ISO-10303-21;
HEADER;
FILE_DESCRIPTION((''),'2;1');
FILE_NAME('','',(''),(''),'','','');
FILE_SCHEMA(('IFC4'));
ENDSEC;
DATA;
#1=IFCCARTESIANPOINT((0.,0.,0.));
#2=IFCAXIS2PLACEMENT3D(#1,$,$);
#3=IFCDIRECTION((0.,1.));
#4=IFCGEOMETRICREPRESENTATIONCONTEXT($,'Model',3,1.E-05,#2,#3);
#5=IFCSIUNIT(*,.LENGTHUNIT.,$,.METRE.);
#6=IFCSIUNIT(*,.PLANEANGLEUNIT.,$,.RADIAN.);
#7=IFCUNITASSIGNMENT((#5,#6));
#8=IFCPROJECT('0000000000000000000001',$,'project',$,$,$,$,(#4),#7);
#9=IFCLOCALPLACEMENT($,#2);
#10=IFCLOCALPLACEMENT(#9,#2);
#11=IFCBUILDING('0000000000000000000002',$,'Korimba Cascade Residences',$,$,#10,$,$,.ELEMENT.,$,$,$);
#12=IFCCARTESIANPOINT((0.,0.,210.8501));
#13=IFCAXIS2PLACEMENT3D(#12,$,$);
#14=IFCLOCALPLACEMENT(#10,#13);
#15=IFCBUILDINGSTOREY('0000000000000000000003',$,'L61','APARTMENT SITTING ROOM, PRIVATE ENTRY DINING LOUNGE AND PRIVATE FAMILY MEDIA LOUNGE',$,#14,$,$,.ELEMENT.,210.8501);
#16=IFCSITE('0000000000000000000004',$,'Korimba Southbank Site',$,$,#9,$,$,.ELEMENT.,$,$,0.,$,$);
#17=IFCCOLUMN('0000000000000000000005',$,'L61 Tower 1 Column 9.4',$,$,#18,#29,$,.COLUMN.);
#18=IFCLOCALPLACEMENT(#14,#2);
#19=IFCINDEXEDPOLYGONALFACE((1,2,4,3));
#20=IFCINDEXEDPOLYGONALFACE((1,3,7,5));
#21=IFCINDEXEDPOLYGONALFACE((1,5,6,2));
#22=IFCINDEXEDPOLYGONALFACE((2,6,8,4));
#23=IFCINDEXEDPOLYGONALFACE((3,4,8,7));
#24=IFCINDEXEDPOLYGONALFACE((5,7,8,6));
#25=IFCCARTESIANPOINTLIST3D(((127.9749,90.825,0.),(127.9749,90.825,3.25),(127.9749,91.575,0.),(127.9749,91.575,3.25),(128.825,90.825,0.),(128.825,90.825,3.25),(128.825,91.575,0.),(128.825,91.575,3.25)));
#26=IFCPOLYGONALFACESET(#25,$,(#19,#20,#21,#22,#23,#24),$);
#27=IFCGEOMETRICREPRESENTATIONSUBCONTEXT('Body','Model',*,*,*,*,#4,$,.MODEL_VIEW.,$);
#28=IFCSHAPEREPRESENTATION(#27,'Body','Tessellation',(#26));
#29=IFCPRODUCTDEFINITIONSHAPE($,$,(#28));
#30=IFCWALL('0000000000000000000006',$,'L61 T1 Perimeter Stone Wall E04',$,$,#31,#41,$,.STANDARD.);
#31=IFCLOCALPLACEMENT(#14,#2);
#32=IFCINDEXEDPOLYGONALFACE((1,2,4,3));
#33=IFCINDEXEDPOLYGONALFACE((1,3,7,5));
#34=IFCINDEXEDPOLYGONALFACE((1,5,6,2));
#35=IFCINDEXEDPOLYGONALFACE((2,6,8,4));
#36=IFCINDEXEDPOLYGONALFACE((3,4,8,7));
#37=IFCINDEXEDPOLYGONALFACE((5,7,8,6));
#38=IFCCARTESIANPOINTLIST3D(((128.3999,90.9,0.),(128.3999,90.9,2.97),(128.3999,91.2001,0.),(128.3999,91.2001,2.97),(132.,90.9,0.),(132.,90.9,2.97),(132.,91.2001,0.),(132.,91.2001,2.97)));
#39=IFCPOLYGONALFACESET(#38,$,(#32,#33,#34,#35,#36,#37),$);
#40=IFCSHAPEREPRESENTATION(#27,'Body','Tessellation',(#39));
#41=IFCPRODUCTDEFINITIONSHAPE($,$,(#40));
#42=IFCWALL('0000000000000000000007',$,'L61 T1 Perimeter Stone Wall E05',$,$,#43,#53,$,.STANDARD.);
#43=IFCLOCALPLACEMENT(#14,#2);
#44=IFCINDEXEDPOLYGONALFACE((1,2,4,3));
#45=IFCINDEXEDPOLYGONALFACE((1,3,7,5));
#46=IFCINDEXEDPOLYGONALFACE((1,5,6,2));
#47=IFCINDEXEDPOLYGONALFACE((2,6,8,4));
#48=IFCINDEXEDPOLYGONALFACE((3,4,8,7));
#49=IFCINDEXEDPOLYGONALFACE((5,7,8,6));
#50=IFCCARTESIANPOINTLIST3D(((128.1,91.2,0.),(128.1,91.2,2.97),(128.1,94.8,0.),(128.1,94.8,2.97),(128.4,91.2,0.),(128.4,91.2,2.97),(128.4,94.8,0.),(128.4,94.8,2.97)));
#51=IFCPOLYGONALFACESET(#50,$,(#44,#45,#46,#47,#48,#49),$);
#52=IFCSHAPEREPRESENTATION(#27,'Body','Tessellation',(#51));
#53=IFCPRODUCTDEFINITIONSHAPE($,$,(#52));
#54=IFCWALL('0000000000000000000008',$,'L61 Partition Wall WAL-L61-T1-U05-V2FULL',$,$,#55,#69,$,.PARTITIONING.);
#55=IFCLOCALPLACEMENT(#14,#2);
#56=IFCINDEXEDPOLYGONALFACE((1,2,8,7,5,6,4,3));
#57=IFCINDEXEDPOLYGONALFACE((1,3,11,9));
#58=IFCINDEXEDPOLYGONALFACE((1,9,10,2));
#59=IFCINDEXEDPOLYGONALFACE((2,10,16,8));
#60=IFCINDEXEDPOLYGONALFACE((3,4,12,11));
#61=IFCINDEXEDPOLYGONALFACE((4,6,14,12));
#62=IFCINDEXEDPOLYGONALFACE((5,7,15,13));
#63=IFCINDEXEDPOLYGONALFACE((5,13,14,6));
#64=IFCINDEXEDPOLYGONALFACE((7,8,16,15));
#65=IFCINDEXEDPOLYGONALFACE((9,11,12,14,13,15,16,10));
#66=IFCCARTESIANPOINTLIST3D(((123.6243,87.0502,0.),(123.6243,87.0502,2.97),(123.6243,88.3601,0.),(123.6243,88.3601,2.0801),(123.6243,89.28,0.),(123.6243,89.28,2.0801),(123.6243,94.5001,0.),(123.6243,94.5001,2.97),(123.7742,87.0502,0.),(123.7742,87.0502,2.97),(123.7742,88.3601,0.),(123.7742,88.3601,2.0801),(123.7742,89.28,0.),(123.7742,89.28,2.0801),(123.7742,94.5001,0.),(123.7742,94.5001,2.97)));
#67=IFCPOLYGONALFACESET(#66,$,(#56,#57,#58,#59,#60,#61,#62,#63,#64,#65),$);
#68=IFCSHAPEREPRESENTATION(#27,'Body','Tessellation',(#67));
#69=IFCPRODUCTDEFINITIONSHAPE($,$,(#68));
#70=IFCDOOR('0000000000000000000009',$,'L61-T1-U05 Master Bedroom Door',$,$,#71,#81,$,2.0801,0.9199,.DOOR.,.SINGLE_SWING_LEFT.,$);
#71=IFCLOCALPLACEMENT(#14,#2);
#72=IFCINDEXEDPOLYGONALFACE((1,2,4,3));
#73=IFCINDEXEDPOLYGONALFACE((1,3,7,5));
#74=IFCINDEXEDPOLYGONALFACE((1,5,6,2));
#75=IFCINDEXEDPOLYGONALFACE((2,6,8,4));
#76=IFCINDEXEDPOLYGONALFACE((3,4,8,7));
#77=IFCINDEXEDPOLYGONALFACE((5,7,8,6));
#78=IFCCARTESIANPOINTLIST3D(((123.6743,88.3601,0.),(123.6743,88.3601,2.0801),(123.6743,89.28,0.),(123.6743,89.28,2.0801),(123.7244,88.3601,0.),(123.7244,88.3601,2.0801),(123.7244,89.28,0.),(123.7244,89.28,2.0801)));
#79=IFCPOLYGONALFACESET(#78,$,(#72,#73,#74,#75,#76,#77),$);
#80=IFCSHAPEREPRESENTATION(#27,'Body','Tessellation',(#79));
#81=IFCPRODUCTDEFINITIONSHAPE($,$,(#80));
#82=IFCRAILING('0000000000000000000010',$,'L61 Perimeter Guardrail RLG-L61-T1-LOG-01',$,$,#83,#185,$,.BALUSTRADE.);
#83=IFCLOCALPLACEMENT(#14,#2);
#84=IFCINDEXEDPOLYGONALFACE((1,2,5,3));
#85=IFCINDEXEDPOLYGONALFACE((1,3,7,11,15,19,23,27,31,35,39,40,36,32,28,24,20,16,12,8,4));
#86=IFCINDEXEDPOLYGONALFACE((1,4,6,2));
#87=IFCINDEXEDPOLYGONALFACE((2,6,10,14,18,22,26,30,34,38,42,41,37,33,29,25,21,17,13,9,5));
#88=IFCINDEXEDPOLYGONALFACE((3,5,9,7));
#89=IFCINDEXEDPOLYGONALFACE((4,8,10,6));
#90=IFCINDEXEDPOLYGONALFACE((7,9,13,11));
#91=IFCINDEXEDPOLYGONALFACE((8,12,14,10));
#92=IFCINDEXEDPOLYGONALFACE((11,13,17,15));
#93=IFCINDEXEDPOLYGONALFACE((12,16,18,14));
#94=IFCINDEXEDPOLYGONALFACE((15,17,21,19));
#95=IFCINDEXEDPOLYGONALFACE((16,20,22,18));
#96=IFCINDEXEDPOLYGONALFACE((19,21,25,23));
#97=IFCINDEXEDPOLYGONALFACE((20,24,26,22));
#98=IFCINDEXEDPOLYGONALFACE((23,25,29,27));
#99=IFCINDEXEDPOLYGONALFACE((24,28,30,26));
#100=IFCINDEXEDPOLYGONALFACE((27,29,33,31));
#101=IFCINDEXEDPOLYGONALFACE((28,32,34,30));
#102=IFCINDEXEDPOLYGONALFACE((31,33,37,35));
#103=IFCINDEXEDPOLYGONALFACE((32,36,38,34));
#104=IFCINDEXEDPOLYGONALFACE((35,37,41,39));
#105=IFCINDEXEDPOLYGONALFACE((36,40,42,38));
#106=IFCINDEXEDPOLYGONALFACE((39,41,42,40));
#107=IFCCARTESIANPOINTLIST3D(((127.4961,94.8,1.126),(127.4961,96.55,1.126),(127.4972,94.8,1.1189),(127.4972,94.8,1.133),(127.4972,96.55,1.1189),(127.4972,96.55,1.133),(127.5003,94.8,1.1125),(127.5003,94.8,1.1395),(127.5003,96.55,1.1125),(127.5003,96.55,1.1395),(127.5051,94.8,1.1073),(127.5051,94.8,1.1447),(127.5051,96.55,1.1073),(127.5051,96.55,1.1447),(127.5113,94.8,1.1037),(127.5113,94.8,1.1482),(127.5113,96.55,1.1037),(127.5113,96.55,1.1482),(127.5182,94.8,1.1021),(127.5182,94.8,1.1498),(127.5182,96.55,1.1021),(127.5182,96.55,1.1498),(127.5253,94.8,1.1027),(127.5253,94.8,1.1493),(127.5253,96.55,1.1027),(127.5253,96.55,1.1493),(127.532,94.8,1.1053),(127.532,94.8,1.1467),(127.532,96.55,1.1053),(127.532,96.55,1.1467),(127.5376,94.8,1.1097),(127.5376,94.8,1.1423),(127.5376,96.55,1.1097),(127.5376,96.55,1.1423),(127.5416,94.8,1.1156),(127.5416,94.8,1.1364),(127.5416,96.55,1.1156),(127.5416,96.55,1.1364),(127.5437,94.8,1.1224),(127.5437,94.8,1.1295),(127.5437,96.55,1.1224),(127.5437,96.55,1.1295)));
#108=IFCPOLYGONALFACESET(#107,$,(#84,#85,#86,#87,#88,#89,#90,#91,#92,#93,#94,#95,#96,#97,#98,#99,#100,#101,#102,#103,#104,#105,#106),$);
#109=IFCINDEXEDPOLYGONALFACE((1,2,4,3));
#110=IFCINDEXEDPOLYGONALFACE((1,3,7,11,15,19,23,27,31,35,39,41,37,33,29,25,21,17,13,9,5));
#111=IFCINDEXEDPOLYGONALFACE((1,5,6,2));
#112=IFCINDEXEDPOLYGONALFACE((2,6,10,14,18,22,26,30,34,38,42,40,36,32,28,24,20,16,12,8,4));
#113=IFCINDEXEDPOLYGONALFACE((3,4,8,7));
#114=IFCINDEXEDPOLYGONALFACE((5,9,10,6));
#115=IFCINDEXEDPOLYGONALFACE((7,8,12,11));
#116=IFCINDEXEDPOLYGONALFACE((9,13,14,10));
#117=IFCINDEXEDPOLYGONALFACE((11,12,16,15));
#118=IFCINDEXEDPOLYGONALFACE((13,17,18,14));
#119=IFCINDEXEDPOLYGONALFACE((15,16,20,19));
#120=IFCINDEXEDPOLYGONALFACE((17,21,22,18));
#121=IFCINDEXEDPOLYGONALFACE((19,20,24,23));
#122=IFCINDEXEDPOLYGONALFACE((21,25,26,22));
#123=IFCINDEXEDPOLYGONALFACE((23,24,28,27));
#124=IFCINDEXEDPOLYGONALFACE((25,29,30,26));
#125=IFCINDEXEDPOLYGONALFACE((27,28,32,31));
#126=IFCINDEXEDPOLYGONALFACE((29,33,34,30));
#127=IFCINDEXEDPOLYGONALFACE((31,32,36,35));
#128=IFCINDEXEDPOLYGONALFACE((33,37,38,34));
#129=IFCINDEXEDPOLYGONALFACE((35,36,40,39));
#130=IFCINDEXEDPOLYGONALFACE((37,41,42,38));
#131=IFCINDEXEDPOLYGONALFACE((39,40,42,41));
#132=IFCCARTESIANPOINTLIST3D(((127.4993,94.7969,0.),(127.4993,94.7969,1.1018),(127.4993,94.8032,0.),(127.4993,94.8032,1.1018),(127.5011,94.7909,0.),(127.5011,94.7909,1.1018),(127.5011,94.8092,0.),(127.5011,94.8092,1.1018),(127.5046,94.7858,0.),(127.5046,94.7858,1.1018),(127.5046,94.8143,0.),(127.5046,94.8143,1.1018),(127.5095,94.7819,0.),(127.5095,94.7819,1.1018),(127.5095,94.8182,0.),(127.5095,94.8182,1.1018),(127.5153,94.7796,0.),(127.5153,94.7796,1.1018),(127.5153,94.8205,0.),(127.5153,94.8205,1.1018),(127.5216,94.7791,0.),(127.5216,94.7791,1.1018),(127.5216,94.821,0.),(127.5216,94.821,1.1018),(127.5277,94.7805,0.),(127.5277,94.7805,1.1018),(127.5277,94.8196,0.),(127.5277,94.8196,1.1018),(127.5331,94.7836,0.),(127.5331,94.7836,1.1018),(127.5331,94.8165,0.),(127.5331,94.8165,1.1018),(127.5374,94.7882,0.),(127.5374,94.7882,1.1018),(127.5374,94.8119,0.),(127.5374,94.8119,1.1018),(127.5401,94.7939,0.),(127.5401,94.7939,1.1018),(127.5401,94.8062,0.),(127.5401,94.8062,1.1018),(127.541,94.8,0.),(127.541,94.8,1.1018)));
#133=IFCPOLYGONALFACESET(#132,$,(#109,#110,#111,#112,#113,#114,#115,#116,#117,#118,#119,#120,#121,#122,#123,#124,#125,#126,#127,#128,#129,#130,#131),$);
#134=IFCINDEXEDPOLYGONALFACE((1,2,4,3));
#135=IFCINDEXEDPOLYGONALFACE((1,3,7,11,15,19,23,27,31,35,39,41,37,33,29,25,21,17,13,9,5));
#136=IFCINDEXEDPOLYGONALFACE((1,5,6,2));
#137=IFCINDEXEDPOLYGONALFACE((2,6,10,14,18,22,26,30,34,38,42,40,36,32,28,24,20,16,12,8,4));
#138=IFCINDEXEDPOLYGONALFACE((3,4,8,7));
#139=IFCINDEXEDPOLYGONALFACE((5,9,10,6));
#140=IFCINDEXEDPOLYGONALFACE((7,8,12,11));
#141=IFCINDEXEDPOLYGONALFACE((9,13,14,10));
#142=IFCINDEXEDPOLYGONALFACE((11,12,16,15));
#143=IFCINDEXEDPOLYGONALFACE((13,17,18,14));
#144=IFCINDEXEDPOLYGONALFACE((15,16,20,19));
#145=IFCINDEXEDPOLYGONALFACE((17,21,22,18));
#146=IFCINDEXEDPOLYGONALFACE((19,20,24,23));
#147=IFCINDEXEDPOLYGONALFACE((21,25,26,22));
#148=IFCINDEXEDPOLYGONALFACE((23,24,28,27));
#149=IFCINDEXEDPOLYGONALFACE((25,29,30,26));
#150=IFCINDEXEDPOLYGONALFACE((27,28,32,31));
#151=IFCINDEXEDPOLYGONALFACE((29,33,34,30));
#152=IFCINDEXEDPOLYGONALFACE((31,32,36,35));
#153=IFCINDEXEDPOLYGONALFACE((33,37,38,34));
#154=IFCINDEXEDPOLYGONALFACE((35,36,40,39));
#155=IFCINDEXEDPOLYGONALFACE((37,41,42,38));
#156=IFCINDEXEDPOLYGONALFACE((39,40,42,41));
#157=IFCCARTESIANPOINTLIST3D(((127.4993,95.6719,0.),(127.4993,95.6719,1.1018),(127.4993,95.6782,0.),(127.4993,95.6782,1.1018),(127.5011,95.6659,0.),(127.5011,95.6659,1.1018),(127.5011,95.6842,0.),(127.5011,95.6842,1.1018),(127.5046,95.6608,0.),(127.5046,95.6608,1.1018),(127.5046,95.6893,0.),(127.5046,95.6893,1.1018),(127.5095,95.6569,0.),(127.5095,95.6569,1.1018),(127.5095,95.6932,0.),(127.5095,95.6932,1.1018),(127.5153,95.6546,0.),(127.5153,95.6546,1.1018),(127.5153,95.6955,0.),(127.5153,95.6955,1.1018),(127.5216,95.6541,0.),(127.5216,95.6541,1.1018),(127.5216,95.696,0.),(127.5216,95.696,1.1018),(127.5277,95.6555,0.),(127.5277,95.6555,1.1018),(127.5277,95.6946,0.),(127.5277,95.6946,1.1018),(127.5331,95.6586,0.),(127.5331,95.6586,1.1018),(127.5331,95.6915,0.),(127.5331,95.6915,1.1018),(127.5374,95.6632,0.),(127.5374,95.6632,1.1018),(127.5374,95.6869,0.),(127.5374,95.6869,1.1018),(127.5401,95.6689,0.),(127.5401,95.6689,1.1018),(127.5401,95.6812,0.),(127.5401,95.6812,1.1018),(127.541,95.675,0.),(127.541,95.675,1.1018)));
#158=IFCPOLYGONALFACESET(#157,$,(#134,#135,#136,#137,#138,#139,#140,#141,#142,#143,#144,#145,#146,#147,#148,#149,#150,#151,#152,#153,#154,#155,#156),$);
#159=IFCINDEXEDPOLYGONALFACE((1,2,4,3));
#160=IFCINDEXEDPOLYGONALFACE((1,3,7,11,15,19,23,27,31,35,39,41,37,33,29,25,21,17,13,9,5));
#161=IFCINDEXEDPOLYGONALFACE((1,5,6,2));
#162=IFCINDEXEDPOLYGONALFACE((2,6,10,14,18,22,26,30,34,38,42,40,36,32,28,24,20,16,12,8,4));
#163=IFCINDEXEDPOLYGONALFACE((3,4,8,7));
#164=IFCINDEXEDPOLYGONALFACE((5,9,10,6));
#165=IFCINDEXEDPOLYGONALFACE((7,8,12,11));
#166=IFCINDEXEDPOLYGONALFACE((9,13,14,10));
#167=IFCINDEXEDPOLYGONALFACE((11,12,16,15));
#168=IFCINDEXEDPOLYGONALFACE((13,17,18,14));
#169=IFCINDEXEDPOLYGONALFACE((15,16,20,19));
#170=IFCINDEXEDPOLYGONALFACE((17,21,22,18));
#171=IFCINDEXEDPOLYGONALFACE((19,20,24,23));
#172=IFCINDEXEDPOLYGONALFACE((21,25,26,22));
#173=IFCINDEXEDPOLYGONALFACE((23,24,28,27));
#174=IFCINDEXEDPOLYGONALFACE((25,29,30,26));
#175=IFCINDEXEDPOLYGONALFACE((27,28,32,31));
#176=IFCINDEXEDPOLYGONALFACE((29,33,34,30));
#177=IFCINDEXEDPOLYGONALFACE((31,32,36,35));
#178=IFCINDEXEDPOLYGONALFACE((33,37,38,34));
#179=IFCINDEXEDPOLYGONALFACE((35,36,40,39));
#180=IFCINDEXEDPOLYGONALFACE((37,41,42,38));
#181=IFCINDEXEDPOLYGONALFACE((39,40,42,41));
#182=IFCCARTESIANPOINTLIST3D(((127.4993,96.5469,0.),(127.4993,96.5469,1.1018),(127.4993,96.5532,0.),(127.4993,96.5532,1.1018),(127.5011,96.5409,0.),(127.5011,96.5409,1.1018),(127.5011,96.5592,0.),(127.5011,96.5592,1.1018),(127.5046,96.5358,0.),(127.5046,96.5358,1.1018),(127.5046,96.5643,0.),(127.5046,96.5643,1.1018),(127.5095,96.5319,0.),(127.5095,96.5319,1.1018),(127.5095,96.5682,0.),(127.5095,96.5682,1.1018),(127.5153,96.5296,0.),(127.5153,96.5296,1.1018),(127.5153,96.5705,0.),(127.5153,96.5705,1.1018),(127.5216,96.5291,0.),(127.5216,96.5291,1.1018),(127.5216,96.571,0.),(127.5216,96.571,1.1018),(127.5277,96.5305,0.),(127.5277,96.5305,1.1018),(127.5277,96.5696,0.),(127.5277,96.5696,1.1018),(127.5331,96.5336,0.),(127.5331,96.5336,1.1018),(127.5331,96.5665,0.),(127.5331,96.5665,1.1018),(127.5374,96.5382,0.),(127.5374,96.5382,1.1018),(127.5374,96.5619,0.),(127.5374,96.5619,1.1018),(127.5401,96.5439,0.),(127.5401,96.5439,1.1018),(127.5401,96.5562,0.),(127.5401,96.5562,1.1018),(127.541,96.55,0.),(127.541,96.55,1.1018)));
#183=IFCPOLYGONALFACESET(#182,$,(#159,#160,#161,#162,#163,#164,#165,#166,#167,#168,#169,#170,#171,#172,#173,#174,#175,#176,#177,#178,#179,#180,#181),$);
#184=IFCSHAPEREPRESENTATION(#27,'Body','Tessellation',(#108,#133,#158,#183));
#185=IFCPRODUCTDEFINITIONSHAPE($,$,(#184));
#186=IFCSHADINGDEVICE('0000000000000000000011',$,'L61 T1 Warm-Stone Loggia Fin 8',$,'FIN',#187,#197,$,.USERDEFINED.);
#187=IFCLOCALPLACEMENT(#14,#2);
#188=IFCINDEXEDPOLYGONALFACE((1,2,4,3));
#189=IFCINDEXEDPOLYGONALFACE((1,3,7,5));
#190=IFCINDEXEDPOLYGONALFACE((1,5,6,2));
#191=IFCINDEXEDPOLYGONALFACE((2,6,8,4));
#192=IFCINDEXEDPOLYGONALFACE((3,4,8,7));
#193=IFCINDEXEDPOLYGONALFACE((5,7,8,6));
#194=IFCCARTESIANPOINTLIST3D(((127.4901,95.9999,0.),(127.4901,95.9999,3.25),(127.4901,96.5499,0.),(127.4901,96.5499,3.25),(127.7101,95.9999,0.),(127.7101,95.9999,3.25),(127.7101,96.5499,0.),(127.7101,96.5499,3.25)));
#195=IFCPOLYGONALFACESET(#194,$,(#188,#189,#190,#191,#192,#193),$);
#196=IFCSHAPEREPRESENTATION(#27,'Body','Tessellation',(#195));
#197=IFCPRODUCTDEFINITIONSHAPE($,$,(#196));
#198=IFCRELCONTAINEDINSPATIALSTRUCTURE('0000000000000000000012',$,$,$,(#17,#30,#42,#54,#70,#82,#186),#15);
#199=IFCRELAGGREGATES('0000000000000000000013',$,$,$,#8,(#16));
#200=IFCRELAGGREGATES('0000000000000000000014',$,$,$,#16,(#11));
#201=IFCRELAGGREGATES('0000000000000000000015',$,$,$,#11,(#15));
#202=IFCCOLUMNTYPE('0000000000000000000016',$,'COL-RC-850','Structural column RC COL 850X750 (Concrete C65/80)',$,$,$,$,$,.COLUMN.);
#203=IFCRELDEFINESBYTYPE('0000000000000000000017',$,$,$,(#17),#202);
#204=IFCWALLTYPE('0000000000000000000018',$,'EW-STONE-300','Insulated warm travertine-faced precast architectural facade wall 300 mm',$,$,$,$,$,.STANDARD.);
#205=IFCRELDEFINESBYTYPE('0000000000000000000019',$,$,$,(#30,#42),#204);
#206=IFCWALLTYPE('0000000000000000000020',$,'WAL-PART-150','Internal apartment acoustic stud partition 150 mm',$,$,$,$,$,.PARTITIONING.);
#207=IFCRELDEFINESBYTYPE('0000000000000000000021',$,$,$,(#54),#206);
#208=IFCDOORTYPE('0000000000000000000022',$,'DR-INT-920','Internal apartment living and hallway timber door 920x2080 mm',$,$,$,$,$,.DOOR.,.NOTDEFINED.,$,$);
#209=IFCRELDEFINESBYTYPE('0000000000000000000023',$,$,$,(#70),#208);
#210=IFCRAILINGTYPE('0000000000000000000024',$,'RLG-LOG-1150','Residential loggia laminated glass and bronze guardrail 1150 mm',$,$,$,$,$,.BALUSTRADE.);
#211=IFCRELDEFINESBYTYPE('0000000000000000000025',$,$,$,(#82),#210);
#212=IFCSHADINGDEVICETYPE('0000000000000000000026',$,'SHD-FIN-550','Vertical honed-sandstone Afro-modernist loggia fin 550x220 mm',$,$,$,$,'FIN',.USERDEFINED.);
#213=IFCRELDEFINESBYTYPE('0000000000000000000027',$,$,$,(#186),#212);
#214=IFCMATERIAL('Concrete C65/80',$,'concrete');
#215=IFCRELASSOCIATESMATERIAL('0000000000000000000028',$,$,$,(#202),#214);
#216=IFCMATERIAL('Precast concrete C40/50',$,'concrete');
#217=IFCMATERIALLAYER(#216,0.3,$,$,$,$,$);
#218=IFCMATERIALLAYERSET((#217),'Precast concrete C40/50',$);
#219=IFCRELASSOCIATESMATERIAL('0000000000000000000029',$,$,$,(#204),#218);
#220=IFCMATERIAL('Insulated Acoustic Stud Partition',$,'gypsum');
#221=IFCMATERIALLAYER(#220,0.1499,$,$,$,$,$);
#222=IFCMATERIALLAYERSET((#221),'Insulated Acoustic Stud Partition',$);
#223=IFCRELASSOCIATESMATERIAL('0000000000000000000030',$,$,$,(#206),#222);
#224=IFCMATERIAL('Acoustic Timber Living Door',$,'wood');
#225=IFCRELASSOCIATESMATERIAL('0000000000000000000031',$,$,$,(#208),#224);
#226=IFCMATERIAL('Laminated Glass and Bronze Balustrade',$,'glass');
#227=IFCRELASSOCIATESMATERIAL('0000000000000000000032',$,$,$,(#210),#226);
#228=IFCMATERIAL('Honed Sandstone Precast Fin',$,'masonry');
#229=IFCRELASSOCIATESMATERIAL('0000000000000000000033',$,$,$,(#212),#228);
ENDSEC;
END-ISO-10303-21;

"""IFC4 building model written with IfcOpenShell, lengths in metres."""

from ifc_helpers import new_model, si_unit, direction, frame, frame_2d, origin, origin_2d, place, context, subcontext, project, spatial, rectangle, circle, extrude, material, layer, layer_set, material_profile, profile_set, type_object, element, fill, save


model = new_model("IFC4")

# Units and contexts
model_context = context("Model", 3, precision=1e-05, world=origin(), true_north=direction((0.0, 1.0)))
body_context = subcontext(model_context, "Body", "Model", "MODEL_VIEW")
ifc_project = project(units=[si_unit("LENGTHUNIT", "METRE"), si_unit("PLANEANGLEUNIT", "RADIAN")], contexts=[model_context])

# Site, building, storey
site_placement = place(None, origin())
site = spatial("IfcSite", under=ifc_project, at=site_placement, Name="Korimba Southbank Site", CompositionType="ELEMENT", RefElevation=0.0)
building_placement = place(site_placement, origin())
building = spatial("IfcBuilding", under=site, at=building_placement, Name="Korimba Cascade Residences", CompositionType="ELEMENT")
storey_placement = place(building_placement, frame((0.0, 0.0, 210.8501)))
storey = spatial("IfcBuildingStorey", under=building, at=storey_placement, Name="L61", Description="APARTMENT SITTING ROOM, PRIVATE ENTRY DINING LOUNGE AND PRIVATE FAMILY MEDIA LOUNGE", CompositionType="ELEMENT", Elevation=210.8501)

# Column
ifc_material_1 = material(Name="Concrete C65/80", Category="concrete")
ifc_material_profile = material_profile(ifc_material_1, rectangle(XDim=0.8501, YDim=0.75, at=origin_2d()), Name="Concrete C65/80")
ifc_profile_set = profile_set([ifc_material_profile], Name="Concrete C65/80")
column_type = type_object("IfcColumnType", Name="COL-RC-850", Description="Structural column RC COL 850X750 (Concrete C65/80)", PredefinedType="COLUMN", material=ifc_profile_set)
column_placement = place(storey_placement, frame((128.3999, 91.2, 0.0), z_axis=(0.0, 0.0, 1.0), x_axis=(1.0, 0.0, 0.0)))
element("IfcColumn", 1, at=column_placement, inside=storey, type_object=column_type, Name="L61 Tower 1 Column 9.4", PredefinedType="COLUMN", context=body_context, shape_type="SweptSolid", body=[
    extrude(rectangle(XDim=0.8501, YDim=0.75, at=origin_2d()), origin(), (0.0, 0.0, 1.0), 3.25),
])

# Shared definitions
ifc_material_2 = material(Name="Precast concrete C40/50", Category="concrete")

# Walls
ifc_layer_1 = layer(ifc_material_2, 0.3)
ifc_layer_set_1 = layer_set([ifc_layer_1], Name="Precast concrete C40/50")
wall_type_1 = type_object("IfcWallType", Name="EW-STONE-300", Description="Insulated warm travertine-faced precast architectural facade wall 300 mm", PredefinedType="STANDARD", material=ifc_layer_set_1)
for number, where, z_axis, x_axis, name in (
    (2, (132.0, 91.05, 0.0), (0.0, 0.0, 1.0), (-1.0, 0.0, 0.0), "L61 T1 Perimeter Stone Wall E04"),
    (3, (128.25, 91.2, 0.0), (0.0, 0.0, 1.0), (0.0, 1.0, 0.0), "L61 T1 Perimeter Stone Wall E05"),
):
    element("IfcWall", number, at=place(storey_placement, frame(where, z_axis=z_axis, x_axis=x_axis)), inside=storey, type_object=wall_type_1, Name=name, PredefinedType="STANDARD", context=body_context, shape_type="SweptSolid", body=[
        extrude(rectangle(XDim=3.6001, YDim=0.3, at=frame_2d((1.8, 0.0))), origin(), (0.0, 0.0, 1.0), 2.97),
    ])

# Wall, opening, door
ifc_material_3 = material(Name="Insulated Acoustic Stud Partition", Category="gypsum")
ifc_layer_2 = layer(ifc_material_3, 0.1499)
ifc_layer_set_2 = layer_set([ifc_layer_2], Name="Insulated Acoustic Stud Partition")
wall_type_2 = type_object("IfcWallType", Name="WAL-PART-150", Description="Internal apartment acoustic stud partition 150 mm", PredefinedType="PARTITIONING", material=ifc_layer_set_2)
wall_1_placement = place(storey_placement, frame((123.6992, 87.05, 0.0), z_axis=(0.0, 0.0, 1.0), x_axis=(0.0, 1.0, 0.0)))
wall_1 = element("IfcWall", 4, at=wall_1_placement, inside=storey, type_object=wall_type_2, Name="L61 Partition Wall WAL-L61-T1-U05-V2FULL", PredefinedType="PARTITIONING", context=body_context, shape_type="SweptSolid", body=[
    extrude(rectangle(XDim=7.45, YDim=0.1499, at=frame_2d((3.7251, 0.0))), origin(), (0.0, 0.0, 1.0), 2.97),
])
opening_1_placement = place(wall_1_placement, frame((1.3101, 0.0, 0.0)))
opening_1 = element("IfcOpeningElement", 5, at=opening_1_placement, cuts=wall_1, PredefinedType="OPENING", context=body_context, shape_type="SweptSolid", body=[
    extrude(rectangle(XDim=0.9199, YDim=2.0801, at=frame_2d((0.46, 1.04))), frame((0.0, 0.085, 0.0), z_axis=(0.0, -1.0, 0.0), x_axis=(1.0, 0.0, 0.0)), (0.0, 0.0, 1.0), 0.1699),
])
ifc_material_4 = material(Name="Acoustic Timber Living Door", Category="wood")
door_type_1 = type_object("IfcDoorType", Name="DR-INT-920", Description="Internal apartment living and hallway timber door 920x2080 mm", OperationType="NOTDEFINED", PredefinedType="DOOR", material=ifc_material_4)
door_1_placement = place(opening_1_placement, origin())
door_1 = element("IfcDoor", 6, at=door_1_placement, inside=storey, type_object=door_type_1, Name="L61-T1-U05 Master Bedroom Door", OperationType="SINGLE_SWING_LEFT", OverallHeight=2.0801, OverallWidth=0.9199, PredefinedType="DOOR", context=body_context, shape_type="SweptSolid", body=[
    extrude(rectangle(XDim=0.9199, YDim=2.0801, at=frame_2d((0.46, 1.04))), frame((0.0, 0.0249, 0.0), z_axis=(0.0, -1.0, 0.0), x_axis=(1.0, 0.0, 0.0)), (0.0, 0.0, 1.0), 0.05),
])
fill(opening_1, door_1)

# Railing
ifc_material_5 = material(Name="Laminated Glass and Bronze Balustrade", Category="glass")
railing_type = type_object("IfcRailingType", Name="RLG-LOG-1150", Description="Residential loggia laminated glass and bronze guardrail 1150 mm", PredefinedType="BALUSTRADE", material=ifc_material_5)
railing_1_placement = place(storey_placement, frame((127.52, 94.8, 0.0)))
element("IfcRailing", 7, at=railing_1_placement, inside=storey, type_object=railing_type, Name="L61 Perimeter Guardrail RLG-L61-T1-LOG-01", PredefinedType="BALUSTRADE", context=body_context, shape_type="SweptSolid", body=[
    extrude(circle(Radius=0.0239, at=origin_2d()), frame((0.0, 0.0, 1.126), z_axis=(0.0, 1.0, 0.0), x_axis=(-1.0, 0.0, 0.0)), (0.0, 0.0, 1.0), 1.75),
    extrude(circle(Radius=0.021, at=origin_2d()), origin(), (0.0, 0.0, 1.0), 1.1018),
    extrude(circle(Radius=0.021, at=origin_2d()), frame((0.0, 0.875, 0.0)), (0.0, 0.0, 1.0), 1.1018),
    extrude(circle(Radius=0.021, at=origin_2d()), frame((0.0, 1.75, 0.0)), (0.0, 0.0, 1.0), 1.1018),
])

# Shading device
ifc_material_6 = material(Name="Honed Sandstone Precast Fin", Category="masonry")
shading_device_type = type_object("IfcShadingDeviceType", Name="SHD-FIN-550", Description="Vertical honed-sandstone Afro-modernist loggia fin 550x220 mm", ElementType="FIN", PredefinedType="USERDEFINED", material=ifc_material_6)
shading_device_placement = place(storey_placement, frame((127.6001, 96.2749, 0.0), z_axis=(0.0, 0.0, 1.0), x_axis=(1.0, 0.0, 0.0)))
element("IfcShadingDevice", 8, at=shading_device_placement, inside=storey, type_object=shading_device_type, Name="L61 T1 Warm-Stone Loggia Fin 8", ObjectType="FIN", PredefinedType="USERDEFINED", context=body_context, shape_type="SweptSolid", body=[
    extrude(rectangle(XDim=0.22, YDim=0.55, at=origin_2d()), origin(), (0.0, 0.0, 1.0), 3.25),
])

save(model, "model.ifc")
